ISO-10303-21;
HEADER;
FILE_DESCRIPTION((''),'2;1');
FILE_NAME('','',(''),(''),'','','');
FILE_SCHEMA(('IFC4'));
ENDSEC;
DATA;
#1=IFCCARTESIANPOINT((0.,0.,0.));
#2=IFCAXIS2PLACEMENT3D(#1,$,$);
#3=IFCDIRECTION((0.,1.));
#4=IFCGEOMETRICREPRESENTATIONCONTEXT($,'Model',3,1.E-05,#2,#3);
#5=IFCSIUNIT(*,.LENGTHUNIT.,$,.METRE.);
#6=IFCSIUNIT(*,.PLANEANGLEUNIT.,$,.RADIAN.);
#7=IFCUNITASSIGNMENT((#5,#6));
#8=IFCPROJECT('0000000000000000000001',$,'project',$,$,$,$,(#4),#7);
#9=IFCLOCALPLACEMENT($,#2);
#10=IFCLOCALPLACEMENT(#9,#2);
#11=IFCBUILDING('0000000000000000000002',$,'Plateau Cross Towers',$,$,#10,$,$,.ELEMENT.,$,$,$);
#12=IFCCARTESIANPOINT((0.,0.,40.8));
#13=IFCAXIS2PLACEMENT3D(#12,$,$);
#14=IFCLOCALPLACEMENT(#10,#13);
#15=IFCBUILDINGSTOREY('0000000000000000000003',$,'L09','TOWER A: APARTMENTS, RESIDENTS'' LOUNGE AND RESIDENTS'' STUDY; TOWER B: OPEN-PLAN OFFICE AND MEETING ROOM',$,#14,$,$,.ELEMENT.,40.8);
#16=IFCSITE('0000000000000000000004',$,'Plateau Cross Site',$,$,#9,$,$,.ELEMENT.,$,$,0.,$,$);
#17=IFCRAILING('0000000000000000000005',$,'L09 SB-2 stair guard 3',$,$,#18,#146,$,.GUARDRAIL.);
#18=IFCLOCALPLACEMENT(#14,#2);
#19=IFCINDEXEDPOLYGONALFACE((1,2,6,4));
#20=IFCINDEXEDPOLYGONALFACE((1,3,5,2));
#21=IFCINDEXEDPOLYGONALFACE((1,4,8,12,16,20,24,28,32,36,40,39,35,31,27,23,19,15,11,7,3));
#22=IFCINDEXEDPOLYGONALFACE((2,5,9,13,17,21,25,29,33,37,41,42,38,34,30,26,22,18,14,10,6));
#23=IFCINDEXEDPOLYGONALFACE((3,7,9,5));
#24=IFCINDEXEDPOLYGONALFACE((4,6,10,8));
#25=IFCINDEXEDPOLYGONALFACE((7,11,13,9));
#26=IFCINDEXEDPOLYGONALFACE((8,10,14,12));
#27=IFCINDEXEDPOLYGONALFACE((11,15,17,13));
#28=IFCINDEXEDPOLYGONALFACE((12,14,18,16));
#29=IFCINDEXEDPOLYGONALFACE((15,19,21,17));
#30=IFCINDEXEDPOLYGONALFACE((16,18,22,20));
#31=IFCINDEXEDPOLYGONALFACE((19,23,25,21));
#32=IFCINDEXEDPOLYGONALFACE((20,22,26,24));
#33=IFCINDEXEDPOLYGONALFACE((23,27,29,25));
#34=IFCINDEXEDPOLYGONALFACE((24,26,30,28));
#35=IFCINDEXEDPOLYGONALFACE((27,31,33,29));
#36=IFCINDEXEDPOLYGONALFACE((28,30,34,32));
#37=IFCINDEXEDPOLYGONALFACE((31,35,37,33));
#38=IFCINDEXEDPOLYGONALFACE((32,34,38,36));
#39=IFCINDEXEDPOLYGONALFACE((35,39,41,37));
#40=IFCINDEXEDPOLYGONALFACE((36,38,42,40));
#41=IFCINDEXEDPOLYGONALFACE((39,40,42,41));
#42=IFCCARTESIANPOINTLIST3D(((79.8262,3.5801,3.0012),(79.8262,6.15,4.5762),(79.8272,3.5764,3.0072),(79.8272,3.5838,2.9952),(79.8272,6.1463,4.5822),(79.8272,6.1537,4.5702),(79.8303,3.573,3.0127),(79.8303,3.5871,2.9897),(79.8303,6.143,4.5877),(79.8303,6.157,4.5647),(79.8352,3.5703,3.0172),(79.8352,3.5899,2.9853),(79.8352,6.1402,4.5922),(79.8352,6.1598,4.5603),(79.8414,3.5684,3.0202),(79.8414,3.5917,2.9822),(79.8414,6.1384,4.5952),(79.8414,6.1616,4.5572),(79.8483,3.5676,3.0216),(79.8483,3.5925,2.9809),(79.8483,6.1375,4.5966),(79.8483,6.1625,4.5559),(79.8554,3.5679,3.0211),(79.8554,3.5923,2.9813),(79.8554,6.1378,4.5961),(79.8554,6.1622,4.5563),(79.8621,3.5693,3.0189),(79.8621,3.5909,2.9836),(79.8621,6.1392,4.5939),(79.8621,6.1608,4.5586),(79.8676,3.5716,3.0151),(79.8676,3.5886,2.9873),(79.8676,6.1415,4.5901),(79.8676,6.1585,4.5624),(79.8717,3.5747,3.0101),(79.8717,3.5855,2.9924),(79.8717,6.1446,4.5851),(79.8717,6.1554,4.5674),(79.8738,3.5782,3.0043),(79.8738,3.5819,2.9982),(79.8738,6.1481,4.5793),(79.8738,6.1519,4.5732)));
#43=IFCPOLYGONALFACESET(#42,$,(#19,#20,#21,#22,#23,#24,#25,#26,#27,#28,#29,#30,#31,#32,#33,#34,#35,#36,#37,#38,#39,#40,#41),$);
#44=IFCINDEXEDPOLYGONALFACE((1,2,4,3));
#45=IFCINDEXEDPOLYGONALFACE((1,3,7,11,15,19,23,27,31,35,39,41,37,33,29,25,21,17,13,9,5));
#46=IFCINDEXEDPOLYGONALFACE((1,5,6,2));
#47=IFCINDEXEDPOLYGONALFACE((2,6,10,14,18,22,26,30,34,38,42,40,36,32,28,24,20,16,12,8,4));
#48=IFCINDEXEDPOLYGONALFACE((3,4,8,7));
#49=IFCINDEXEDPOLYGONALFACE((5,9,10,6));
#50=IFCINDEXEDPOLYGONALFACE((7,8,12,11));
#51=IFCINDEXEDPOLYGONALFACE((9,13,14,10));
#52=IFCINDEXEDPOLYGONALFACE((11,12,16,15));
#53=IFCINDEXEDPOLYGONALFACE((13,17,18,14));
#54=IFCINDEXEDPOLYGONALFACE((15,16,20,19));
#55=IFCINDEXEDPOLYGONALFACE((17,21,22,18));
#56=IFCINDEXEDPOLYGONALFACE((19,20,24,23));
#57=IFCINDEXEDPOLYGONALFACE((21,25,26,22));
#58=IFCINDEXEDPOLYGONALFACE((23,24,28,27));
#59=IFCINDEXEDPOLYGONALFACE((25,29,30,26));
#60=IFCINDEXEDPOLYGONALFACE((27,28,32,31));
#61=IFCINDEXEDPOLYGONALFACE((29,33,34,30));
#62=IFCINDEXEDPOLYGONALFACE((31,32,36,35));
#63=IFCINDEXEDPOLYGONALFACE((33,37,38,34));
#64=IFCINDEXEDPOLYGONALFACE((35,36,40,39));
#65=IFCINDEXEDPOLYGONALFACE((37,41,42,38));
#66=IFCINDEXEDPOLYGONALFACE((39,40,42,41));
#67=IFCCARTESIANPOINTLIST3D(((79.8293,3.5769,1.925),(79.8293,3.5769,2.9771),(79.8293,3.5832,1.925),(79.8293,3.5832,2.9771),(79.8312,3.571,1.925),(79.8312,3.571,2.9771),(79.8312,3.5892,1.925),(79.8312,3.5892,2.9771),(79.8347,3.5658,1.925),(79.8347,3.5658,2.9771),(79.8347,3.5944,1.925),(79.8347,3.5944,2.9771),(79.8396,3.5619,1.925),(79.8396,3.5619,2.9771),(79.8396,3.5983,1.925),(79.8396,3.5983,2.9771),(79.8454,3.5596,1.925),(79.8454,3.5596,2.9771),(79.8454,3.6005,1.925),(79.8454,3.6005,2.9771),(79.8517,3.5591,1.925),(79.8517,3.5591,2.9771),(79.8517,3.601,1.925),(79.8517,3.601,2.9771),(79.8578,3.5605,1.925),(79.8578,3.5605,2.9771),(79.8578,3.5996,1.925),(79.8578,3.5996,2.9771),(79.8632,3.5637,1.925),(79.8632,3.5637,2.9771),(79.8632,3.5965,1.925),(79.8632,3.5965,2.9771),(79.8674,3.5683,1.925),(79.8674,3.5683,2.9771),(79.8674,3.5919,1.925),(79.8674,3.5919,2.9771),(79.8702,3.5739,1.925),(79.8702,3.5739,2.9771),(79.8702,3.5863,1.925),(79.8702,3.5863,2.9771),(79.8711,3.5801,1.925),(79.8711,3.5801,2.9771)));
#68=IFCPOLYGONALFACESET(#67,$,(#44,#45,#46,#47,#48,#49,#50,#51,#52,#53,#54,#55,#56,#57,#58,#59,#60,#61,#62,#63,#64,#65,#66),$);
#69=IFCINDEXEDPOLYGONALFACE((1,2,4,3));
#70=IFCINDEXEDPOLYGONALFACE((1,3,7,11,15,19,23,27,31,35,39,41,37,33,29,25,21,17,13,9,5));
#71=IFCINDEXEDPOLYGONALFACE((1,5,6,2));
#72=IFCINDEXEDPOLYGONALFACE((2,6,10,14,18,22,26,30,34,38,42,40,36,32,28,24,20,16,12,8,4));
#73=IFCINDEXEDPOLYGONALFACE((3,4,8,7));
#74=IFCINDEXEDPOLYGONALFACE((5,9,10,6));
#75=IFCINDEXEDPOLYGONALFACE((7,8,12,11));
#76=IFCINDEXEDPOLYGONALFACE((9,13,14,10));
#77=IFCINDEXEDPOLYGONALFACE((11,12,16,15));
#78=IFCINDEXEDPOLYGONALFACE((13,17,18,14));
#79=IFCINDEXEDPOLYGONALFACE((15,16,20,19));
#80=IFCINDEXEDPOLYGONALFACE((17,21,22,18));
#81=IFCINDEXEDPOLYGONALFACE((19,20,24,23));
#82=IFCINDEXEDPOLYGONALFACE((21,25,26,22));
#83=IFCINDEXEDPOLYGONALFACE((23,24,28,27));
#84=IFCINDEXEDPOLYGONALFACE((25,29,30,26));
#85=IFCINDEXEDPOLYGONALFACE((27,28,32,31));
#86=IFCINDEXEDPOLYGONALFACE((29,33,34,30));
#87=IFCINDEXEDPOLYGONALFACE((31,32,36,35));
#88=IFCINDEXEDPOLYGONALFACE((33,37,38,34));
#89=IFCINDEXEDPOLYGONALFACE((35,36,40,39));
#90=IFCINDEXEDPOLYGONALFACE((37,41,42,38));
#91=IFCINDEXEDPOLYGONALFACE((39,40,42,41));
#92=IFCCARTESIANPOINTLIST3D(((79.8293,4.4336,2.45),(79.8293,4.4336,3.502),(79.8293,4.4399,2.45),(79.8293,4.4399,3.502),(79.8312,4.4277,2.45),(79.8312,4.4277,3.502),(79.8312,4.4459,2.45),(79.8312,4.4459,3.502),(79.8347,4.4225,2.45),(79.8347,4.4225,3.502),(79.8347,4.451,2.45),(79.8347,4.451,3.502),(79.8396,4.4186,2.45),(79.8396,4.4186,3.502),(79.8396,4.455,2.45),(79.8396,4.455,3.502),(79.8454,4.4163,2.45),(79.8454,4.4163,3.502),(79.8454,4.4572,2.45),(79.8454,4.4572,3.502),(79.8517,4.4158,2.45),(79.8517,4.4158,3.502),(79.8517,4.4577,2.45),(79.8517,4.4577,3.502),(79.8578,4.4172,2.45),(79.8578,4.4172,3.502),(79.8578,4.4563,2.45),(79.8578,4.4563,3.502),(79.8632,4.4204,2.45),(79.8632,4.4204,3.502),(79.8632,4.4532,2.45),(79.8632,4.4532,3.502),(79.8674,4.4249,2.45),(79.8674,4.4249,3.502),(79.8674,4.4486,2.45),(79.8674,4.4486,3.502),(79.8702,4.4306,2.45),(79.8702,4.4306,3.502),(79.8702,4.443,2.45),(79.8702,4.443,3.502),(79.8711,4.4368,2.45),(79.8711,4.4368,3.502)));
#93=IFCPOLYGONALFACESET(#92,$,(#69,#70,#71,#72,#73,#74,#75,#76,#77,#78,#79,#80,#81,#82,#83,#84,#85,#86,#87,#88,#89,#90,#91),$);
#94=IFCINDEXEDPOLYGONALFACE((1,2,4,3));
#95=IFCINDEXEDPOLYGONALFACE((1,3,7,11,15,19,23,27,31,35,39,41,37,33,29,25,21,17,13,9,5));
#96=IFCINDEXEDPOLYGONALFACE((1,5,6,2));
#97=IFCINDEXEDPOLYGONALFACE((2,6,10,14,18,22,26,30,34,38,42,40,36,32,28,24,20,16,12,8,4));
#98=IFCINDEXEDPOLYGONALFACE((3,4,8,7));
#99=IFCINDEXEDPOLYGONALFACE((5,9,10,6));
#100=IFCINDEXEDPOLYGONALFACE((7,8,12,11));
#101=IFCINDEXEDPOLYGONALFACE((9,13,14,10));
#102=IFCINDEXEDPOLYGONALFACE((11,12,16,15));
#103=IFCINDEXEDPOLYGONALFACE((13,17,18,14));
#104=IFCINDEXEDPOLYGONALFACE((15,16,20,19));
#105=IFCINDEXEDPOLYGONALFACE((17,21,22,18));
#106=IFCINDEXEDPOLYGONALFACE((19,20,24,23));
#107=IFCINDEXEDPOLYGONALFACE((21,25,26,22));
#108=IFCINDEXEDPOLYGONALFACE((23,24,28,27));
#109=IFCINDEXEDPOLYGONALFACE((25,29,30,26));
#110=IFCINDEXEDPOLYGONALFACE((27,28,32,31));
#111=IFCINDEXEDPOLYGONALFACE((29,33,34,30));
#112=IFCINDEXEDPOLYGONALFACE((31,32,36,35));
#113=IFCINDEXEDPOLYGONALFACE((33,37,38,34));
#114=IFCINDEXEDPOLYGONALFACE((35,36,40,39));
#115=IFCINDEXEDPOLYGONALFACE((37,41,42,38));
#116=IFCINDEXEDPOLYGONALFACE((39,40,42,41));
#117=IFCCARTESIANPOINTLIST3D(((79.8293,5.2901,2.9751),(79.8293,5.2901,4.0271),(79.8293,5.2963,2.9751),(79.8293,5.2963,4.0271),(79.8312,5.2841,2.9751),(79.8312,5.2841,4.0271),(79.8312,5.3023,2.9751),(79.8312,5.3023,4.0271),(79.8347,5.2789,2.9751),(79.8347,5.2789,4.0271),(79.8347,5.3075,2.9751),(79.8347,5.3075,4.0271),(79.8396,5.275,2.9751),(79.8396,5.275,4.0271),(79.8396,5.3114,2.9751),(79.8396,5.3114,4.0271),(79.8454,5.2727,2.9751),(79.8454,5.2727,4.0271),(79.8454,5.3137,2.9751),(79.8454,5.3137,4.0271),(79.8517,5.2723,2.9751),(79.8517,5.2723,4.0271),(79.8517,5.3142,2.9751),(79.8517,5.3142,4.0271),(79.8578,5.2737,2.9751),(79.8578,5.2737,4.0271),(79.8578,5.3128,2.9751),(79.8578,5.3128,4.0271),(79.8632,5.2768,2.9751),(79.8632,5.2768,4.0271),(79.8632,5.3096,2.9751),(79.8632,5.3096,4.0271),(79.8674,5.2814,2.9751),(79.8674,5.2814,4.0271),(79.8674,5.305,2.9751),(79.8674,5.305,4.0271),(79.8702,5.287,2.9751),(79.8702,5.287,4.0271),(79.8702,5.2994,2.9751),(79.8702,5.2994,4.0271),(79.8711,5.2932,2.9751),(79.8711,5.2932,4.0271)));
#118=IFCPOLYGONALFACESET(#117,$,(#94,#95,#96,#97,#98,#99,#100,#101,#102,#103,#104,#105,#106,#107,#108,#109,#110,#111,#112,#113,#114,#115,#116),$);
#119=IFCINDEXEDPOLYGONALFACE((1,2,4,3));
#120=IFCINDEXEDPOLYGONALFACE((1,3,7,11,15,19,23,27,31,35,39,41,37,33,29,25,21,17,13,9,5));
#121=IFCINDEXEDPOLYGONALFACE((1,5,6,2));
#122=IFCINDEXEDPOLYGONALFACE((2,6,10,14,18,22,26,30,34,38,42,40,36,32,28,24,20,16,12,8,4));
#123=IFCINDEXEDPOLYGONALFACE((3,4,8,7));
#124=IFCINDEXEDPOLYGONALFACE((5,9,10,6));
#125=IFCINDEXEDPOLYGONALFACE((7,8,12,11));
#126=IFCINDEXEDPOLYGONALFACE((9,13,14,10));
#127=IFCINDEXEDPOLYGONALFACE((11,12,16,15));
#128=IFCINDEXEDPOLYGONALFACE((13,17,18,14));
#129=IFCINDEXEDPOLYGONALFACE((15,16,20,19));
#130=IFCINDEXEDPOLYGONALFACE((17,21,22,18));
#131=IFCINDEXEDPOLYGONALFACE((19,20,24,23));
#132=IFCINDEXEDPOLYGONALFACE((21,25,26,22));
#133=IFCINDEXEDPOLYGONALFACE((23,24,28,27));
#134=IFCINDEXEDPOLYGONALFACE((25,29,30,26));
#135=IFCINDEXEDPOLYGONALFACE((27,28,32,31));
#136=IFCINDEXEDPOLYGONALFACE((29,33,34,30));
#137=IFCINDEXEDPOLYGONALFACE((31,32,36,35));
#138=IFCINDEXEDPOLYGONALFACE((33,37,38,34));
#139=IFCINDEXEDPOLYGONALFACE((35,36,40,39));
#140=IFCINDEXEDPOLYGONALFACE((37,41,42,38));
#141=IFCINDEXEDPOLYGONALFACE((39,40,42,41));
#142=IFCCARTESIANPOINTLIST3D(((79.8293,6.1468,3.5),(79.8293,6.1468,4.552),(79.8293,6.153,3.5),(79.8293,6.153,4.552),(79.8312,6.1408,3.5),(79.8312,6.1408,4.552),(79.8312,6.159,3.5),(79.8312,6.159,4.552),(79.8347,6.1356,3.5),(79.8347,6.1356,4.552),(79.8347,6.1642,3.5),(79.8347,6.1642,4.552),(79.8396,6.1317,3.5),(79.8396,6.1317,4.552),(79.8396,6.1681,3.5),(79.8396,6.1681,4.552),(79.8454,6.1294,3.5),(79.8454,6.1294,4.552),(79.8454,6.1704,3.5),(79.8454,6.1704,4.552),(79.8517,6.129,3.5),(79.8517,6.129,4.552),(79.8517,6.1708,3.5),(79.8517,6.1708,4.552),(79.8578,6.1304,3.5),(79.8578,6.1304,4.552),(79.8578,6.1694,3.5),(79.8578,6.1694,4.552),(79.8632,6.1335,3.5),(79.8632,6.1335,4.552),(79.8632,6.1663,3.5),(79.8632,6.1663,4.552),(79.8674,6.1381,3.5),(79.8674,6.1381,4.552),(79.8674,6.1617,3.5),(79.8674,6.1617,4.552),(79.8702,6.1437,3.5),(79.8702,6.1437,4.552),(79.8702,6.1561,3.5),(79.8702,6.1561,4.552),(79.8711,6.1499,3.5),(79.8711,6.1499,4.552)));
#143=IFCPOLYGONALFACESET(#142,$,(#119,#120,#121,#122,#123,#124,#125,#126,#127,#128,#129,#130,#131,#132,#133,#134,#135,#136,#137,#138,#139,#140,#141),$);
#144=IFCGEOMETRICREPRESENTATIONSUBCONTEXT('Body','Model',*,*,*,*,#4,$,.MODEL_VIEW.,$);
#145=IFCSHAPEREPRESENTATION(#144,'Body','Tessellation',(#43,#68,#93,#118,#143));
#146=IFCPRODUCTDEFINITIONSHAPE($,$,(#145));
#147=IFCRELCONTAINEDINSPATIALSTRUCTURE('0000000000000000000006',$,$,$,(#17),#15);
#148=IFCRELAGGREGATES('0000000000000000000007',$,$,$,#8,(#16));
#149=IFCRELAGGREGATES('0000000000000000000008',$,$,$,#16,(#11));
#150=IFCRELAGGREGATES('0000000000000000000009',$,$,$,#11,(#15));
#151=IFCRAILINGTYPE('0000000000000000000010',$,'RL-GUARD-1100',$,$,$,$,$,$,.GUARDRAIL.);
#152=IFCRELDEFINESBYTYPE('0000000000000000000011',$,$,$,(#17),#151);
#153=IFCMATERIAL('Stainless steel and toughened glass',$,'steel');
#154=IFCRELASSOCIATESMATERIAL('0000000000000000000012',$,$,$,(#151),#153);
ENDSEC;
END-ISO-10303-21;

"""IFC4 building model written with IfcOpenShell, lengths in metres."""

from ifc_helpers import new_model, si_unit, direction, frame, origin, origin_2d, place, context, subcontext, project, spatial, circle, extrude, material, type_object, element, save


model = new_model("IFC4")

# Units and contexts
model_context = context("Model", 3, precision=1e-05, world=origin(), true_north=direction((0.0, 1.0)))
body_context = subcontext(model_context, "Body", "Model", "MODEL_VIEW")
ifc_project = project(units=[si_unit("LENGTHUNIT", "METRE"), si_unit("PLANEANGLEUNIT", "RADIAN")], contexts=[model_context])

# Site, building, storey
site_placement = place(None, origin())
site = spatial("IfcSite", under=ifc_project, at=site_placement, Name="Plateau Cross Site", CompositionType="ELEMENT", RefElevation=0.0)
building_placement = place(site_placement, origin())
building = spatial("IfcBuilding", under=site, at=building_placement, Name="Plateau Cross Towers", CompositionType="ELEMENT")
storey_placement = place(building_placement, frame((0.0, 0.0, 40.8)))
storey = spatial("IfcBuildingStorey", under=building, at=storey_placement, Name="L09", Description="TOWER A: APARTMENTS, RESIDENTS' LOUNGE AND RESIDENTS' STUDY; TOWER B: OPEN-PLAN OFFICE AND MEETING ROOM", CompositionType="ELEMENT", Elevation=40.8)

# Railing
ifc_material_1 = material(Name="Stainless steel and toughened glass", Category="steel")
railing_type_1 = type_object("IfcRailingType", Name="RL-GUARD-1100", PredefinedType="GUARDRAIL", material=ifc_material_1)
railing_1_placement = place(storey_placement, frame((79.8501, 3.5801, 1.925)))
element("IfcRailing", 1, at=railing_1_placement, inside=storey, type_object=railing_type_1, Name="L09 SB-2 stair guard 3", PredefinedType="GUARDRAIL", context=body_context, shape_type="SweptSolid", body=[
    extrude(circle(Radius=0.0239, at=origin_2d()), frame((0.0, 0.0, 1.0762), z_axis=(0.0, 0.852616, 0.522537), x_axis=(-1.0, 0.0, 0.0)), (0.0, 0.0, 1.0), 3.0142),
    extrude(circle(Radius=0.021, at=origin_2d()), origin(), (0.0, 0.0, 1.0), 1.052),
    extrude(circle(Radius=0.021, at=origin_2d()), frame((0.0, 0.8567, 0.5249)), (0.0, 0.0, 1.0), 1.052),
    extrude(circle(Radius=0.021, at=origin_2d()), frame((0.0, 1.7131, 1.05)), (0.0, 0.0, 1.0), 1.052),
    extrude(circle(Radius=0.021, at=origin_2d()), frame((0.0, 2.5698, 1.575)), (0.0, 0.0, 1.0), 1.052),
])

save(model, "model.ifc")
